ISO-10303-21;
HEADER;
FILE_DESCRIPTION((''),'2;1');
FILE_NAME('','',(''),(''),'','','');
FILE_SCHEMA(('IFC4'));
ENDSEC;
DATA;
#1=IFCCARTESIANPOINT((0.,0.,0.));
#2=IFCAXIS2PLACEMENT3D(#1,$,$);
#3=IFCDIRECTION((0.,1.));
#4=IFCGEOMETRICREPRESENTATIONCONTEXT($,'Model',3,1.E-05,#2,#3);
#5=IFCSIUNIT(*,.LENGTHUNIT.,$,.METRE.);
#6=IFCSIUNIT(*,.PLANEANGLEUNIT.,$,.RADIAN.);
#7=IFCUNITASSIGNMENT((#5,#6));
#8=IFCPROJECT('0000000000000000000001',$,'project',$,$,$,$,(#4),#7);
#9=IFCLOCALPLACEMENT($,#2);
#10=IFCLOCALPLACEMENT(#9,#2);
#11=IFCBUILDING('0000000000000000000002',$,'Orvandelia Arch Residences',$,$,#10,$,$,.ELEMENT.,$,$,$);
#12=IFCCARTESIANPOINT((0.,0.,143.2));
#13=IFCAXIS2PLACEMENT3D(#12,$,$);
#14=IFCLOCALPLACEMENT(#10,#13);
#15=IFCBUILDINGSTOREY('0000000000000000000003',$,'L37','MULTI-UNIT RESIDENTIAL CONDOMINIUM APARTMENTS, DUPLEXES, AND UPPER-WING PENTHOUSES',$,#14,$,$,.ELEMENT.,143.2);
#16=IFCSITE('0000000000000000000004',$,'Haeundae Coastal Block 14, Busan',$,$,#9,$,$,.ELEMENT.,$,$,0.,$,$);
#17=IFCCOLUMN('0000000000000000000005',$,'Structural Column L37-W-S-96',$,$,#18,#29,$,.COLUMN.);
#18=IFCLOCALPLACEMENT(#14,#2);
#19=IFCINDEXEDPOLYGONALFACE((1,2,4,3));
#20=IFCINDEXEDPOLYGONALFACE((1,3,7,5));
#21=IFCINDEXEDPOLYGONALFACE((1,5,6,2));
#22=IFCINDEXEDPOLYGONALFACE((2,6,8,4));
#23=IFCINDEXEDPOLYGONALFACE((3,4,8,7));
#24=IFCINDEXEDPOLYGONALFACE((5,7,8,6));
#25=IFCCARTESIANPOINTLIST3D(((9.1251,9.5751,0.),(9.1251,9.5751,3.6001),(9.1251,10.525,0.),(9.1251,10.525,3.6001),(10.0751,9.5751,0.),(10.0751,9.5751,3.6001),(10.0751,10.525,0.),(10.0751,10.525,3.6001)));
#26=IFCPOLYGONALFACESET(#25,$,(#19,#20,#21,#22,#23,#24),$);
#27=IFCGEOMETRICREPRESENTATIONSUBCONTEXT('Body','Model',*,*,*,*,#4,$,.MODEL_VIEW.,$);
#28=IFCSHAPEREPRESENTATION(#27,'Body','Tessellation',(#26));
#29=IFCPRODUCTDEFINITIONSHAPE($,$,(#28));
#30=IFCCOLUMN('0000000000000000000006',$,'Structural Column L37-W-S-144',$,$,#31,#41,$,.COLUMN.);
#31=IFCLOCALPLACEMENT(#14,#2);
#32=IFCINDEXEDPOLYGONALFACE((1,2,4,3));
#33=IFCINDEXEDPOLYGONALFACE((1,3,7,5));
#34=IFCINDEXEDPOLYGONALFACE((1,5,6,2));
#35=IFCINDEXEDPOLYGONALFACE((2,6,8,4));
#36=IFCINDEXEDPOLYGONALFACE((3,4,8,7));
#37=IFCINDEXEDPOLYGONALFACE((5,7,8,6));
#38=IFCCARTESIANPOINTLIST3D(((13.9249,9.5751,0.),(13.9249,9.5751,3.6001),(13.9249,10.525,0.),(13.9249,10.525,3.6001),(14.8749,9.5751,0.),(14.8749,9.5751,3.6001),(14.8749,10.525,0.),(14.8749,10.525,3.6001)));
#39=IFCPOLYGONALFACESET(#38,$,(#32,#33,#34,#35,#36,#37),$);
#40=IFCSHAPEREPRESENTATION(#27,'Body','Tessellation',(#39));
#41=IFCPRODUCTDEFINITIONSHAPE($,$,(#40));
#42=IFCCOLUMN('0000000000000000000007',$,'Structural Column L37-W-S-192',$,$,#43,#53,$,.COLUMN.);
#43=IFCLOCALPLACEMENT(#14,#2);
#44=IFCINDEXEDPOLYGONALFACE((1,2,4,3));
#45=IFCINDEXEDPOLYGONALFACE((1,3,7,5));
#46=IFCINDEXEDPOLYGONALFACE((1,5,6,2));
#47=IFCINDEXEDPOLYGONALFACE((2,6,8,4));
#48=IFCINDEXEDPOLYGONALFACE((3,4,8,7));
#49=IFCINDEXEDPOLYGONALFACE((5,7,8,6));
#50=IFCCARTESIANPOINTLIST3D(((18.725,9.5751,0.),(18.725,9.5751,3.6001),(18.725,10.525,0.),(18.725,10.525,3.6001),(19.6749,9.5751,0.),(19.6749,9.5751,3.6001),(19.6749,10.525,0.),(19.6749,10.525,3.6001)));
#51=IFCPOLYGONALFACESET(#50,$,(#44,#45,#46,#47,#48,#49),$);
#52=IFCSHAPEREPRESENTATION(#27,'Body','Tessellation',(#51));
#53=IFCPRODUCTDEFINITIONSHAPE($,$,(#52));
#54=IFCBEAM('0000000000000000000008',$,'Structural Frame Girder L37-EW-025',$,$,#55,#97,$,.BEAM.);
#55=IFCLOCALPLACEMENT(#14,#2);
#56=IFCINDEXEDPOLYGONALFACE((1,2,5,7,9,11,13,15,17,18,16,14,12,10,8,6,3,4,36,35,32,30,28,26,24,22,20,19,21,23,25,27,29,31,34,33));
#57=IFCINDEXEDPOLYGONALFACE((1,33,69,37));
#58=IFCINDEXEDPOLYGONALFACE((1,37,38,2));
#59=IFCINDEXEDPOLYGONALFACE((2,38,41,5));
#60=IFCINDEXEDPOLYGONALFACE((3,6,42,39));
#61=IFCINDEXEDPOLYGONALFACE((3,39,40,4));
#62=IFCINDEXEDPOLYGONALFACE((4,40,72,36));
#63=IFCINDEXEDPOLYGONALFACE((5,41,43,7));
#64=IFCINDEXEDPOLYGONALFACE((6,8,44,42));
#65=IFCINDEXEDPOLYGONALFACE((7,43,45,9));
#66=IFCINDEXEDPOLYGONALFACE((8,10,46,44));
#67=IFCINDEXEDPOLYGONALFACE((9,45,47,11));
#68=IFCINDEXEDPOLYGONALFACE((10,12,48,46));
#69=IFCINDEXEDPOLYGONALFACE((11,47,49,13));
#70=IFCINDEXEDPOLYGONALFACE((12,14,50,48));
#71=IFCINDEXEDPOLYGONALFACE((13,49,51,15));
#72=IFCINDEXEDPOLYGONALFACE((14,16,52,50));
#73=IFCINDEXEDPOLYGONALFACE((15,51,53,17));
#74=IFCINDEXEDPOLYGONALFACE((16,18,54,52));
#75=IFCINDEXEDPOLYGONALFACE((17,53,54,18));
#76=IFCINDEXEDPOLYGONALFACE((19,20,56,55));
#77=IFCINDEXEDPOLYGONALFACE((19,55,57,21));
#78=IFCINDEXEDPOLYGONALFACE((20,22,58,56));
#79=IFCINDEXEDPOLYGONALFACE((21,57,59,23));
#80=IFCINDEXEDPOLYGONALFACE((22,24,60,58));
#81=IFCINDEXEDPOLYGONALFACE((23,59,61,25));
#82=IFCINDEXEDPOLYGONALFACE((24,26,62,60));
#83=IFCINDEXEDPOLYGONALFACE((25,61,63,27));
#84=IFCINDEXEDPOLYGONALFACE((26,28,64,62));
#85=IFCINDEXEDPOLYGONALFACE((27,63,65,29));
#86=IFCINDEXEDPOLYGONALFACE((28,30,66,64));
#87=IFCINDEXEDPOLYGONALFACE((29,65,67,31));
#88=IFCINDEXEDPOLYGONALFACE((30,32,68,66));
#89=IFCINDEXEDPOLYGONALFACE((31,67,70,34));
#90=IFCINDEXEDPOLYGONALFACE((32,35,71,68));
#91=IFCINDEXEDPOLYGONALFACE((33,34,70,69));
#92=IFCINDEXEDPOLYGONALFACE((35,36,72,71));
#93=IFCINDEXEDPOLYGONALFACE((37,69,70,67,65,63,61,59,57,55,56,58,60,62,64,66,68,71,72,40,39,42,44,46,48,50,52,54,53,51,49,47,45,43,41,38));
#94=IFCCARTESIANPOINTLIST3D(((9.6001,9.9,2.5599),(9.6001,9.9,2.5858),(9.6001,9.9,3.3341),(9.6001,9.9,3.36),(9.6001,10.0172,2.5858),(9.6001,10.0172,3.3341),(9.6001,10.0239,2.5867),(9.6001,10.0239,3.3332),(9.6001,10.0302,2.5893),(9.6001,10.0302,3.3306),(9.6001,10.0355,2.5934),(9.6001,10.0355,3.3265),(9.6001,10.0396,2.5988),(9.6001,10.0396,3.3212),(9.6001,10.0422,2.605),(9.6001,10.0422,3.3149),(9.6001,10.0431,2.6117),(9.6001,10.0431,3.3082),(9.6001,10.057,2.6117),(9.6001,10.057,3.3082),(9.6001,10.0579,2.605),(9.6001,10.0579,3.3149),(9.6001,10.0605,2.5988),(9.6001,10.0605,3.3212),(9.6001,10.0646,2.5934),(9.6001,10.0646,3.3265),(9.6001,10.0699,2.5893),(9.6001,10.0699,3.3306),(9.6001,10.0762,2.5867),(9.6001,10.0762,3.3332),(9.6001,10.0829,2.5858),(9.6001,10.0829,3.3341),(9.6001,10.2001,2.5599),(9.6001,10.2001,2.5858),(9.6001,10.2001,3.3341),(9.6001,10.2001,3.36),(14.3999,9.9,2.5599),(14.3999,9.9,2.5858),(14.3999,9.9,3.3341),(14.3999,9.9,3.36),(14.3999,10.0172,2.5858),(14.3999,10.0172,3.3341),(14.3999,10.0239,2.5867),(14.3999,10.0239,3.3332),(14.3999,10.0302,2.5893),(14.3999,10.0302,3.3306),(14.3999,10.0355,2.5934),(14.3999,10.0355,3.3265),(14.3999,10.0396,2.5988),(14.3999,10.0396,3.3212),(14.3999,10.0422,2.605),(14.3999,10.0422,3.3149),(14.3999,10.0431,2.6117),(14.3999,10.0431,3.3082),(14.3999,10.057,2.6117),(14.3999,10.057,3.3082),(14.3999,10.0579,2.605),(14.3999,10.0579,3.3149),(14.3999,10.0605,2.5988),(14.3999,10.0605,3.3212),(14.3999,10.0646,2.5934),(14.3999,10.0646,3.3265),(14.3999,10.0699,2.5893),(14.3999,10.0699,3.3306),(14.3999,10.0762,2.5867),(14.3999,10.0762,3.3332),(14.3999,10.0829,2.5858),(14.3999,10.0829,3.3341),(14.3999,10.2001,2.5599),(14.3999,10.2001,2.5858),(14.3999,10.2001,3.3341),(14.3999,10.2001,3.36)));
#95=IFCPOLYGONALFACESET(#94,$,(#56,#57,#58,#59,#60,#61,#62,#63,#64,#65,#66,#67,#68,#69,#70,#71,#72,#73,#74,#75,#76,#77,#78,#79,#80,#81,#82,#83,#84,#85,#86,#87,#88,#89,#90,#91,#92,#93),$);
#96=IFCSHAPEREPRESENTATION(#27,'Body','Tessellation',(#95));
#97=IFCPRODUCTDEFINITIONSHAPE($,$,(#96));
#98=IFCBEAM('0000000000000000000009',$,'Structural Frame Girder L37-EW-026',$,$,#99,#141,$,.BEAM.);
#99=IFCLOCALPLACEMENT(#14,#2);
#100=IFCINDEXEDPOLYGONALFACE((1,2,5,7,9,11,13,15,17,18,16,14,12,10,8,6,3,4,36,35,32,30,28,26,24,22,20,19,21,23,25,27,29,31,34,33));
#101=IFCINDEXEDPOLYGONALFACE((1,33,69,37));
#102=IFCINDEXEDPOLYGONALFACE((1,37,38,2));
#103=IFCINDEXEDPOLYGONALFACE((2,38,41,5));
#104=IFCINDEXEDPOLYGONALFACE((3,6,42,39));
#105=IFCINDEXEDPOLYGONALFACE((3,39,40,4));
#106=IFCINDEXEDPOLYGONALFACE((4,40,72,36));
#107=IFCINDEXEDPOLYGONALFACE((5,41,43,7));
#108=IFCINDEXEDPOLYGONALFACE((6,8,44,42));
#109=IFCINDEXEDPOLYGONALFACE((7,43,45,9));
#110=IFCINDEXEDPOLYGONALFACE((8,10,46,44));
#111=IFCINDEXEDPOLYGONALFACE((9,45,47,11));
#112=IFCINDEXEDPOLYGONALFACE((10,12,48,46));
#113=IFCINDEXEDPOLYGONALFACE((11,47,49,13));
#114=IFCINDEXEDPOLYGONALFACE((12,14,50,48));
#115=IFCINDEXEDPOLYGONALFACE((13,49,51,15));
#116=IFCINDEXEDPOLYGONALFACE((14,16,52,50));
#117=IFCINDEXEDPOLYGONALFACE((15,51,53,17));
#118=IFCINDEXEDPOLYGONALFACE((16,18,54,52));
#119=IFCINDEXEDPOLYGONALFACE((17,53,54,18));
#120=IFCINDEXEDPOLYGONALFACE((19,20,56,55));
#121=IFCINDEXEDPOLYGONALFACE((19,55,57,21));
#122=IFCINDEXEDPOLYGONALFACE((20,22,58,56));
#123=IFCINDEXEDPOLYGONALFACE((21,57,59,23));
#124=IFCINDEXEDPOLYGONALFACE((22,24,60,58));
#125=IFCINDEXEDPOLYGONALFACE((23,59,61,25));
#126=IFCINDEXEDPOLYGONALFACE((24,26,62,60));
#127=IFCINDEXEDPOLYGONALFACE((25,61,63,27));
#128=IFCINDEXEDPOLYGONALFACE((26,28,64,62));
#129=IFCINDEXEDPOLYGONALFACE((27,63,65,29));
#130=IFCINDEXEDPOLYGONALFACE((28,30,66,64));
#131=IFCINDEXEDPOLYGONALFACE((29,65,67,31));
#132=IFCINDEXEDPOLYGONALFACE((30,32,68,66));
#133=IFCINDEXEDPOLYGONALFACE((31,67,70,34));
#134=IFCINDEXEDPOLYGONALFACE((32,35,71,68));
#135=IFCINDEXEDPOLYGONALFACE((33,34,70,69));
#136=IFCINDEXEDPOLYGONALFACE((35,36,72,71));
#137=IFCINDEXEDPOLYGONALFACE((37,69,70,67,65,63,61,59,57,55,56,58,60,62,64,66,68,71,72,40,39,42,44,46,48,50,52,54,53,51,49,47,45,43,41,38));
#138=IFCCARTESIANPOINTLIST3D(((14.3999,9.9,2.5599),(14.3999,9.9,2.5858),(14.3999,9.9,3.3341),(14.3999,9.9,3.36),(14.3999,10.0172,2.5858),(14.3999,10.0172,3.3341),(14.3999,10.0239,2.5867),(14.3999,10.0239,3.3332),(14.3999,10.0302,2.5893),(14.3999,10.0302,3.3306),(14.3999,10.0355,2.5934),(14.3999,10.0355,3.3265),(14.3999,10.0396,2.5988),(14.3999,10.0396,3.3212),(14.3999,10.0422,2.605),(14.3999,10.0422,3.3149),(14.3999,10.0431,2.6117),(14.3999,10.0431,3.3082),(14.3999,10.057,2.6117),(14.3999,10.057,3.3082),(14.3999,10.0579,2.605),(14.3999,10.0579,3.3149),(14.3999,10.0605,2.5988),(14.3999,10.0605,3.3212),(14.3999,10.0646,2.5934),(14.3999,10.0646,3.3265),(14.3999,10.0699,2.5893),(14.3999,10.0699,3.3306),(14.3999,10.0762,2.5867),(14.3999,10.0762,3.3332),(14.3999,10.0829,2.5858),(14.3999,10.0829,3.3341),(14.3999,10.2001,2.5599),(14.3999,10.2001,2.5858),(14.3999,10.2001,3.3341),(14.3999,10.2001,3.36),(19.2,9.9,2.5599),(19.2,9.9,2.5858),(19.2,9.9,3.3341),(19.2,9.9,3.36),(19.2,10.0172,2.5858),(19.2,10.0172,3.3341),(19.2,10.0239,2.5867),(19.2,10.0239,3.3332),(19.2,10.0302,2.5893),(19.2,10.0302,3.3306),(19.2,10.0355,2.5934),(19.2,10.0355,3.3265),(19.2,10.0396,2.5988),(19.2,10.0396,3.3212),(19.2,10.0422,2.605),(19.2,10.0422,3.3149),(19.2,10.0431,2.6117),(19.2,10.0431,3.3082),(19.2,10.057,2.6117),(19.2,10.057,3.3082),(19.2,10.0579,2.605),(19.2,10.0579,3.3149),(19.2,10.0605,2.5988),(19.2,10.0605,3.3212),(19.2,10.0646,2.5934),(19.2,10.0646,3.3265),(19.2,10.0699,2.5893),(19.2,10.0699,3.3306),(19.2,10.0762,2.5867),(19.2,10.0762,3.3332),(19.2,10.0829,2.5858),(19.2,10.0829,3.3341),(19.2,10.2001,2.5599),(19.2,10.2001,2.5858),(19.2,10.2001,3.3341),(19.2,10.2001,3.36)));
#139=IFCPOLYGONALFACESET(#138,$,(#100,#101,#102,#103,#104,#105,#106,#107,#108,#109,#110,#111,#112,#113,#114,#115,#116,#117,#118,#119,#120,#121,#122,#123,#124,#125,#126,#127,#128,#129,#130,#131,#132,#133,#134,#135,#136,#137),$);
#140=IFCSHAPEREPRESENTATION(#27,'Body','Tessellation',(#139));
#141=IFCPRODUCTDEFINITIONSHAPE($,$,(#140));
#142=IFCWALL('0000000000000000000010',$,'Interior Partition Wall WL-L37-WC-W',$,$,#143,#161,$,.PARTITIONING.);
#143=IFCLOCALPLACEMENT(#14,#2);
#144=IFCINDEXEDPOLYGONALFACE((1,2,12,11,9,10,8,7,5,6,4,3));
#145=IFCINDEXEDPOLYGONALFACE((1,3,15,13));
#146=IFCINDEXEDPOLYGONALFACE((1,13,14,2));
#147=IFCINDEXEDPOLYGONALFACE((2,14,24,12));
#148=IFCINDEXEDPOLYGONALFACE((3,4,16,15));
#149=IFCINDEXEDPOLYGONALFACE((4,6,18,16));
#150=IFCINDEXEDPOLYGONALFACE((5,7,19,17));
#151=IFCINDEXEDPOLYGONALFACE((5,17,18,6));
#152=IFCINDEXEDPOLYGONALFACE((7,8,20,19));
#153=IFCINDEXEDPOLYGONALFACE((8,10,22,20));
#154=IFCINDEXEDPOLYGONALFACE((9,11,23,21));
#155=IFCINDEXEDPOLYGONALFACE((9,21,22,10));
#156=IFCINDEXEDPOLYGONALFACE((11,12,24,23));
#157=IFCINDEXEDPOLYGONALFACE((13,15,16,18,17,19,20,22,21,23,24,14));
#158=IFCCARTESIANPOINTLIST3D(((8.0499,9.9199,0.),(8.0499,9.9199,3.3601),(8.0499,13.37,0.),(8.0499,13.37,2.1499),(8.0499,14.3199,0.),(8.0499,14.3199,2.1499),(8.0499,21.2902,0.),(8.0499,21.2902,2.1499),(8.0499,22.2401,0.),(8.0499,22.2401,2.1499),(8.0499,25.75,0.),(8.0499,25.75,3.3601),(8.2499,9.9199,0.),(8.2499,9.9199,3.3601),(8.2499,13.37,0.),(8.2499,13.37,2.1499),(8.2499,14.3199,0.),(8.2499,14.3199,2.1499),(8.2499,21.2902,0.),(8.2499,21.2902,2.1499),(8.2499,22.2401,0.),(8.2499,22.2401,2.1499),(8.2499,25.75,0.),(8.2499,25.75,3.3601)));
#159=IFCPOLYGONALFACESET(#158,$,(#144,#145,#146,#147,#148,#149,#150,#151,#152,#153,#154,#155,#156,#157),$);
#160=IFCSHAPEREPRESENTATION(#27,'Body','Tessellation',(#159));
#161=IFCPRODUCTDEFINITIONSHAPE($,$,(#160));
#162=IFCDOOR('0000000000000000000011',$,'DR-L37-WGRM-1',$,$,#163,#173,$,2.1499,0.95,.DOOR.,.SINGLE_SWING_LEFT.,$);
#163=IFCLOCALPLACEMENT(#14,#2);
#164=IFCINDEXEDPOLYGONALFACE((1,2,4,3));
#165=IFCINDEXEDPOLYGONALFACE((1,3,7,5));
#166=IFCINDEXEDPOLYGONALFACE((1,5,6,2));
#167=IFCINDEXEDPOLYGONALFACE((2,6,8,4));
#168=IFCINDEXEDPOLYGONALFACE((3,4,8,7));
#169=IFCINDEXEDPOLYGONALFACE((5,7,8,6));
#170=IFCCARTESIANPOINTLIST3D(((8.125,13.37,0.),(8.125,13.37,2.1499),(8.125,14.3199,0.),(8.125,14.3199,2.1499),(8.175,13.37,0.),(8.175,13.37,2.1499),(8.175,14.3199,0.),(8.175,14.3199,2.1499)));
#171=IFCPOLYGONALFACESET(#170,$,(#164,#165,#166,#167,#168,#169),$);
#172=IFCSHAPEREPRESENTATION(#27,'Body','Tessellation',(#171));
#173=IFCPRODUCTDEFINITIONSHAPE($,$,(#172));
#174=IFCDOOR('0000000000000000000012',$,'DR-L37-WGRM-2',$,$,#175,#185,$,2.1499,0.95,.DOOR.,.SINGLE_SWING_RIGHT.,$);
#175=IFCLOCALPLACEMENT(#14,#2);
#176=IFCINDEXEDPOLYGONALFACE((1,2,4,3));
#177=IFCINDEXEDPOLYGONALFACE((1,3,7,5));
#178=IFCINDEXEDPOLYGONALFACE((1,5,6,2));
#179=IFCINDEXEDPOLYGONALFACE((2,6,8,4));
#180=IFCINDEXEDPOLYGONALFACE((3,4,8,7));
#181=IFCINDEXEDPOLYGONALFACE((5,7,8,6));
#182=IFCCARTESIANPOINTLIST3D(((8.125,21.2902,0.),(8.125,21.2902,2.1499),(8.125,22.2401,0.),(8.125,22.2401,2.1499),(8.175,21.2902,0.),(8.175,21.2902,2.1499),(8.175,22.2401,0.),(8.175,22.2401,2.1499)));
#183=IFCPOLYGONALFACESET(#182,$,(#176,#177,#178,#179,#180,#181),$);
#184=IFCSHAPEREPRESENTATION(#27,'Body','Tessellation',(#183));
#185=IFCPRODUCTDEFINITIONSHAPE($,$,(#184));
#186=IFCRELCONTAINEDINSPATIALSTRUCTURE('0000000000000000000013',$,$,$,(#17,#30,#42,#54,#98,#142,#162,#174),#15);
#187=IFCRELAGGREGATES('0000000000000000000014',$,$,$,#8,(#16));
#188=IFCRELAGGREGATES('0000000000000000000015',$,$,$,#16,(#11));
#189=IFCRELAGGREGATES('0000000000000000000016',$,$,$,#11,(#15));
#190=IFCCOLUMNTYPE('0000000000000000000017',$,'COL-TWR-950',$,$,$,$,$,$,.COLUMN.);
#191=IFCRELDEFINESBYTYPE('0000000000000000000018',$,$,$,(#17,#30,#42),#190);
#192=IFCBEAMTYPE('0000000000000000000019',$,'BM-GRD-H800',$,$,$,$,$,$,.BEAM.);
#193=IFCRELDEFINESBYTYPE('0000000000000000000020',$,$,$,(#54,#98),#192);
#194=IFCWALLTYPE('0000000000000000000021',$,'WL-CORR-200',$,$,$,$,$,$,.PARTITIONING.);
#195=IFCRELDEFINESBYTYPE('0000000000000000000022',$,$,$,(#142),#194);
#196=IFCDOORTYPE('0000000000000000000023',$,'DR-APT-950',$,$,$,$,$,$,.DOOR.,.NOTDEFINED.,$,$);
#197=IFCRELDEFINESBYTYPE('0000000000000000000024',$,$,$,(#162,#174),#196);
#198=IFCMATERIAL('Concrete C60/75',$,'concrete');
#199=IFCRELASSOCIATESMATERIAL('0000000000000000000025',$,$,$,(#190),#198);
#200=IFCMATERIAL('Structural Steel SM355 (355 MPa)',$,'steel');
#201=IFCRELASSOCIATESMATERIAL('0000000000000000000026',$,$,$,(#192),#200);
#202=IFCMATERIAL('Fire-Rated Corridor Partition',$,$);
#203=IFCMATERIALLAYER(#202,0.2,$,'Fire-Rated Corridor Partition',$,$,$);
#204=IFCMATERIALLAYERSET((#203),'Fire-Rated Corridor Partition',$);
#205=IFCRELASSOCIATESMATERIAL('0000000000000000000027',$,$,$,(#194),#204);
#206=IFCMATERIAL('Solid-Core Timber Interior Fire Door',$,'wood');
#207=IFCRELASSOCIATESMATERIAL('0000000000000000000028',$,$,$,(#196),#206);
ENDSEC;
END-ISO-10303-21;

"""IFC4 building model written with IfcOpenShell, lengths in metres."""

from ifc_helpers import new_model, si_unit, direction, frame, frame_2d, origin, origin_2d, place, context, subcontext, project, spatial, rectangle, i_section, extrude, material, layer, layer_set, material_profile, profile_set, type_object, element, fill, save


model = new_model("IFC4")

# Units and contexts
model_context = context("Model", 3, precision=1e-05, world=origin(), true_north=direction((0.0, 1.0)))
body_context = subcontext(model_context, "Body", "Model", "MODEL_VIEW")
ifc_project = project(units=[si_unit("LENGTHUNIT", "METRE"), si_unit("PLANEANGLEUNIT", "RADIAN")], contexts=[model_context])

# Site, building, storey
site_placement = place(None, origin())
site = spatial("IfcSite", under=ifc_project, at=site_placement, Name="Haeundae Coastal Block 14, Busan", CompositionType="ELEMENT", RefElevation=0.0)
building_placement = place(site_placement, origin())
building = spatial("IfcBuilding", under=site, at=building_placement, Name="Orvandelia Arch Residences", CompositionType="ELEMENT")
storey_placement = place(building_placement, frame((0.0, 0.0, 143.2)))
storey = spatial("IfcBuildingStorey", under=building, at=storey_placement, Name="L37", Description="MULTI-UNIT RESIDENTIAL CONDOMINIUM APARTMENTS, DUPLEXES, AND UPPER-WING PENTHOUSES", CompositionType="ELEMENT", Elevation=143.2)

# Columns
ifc_material_1 = material(Name="Concrete C60/75", Category="concrete")
ifc_material_profile_1 = material_profile(ifc_material_1, rectangle(XDim=0.95, YDim=0.95, at=origin_2d()), Name="Concrete C60/75", Category="concrete")
ifc_profile_set_1 = profile_set([ifc_material_profile_1], Name="Concrete C60/75")
column_type = type_object("IfcColumnType", Name="COL-TWR-950", PredefinedType="COLUMN", material=ifc_profile_set_1)
for number, where, z_axis, x_axis, name in (
    (1, (9.6001, 10.05, 0.0), (0.0, 0.0, 1.0), (1.0, 0.0, 0.0), "Structural Column L37-W-S-96"),
    (2, (14.3999, 10.05, 0.0), (0.0, 0.0, 1.0), (1.0, 0.0, 0.0), "Structural Column L37-W-S-144"),
    (3, (19.2, 10.05, 0.0), (0.0, 0.0, 1.0), (1.0, 0.0, 0.0), "Structural Column L37-W-S-192"),
):
    element("IfcColumn", number, at=place(storey_placement, frame(where, z_axis=z_axis, x_axis=x_axis)), inside=storey, type_object=column_type, Name=name, PredefinedType="COLUMN", context=body_context, shape_type="SweptSolid", body=[
        extrude(rectangle(XDim=0.95, YDim=0.95, at=origin_2d()), origin(), (0.0, 0.0, 1.0), 3.6001),
    ])

# Beams
ifc_material_2 = material(Name="Structural Steel SM355 (355 MPa)", Category="steel")
ifc_material_profile_2 = material_profile(ifc_material_2, i_section(OverallWidth=0.3, OverallDepth=0.8, WebThickness=0.0139, FlangeThickness=0.0259, FilletRadius=0.0259, at=origin_2d()), Name="Structural Steel SM355 (355 MPa)", Category="steel")
ifc_profile_set_2 = profile_set([ifc_material_profile_2], Name="Structural Steel SM355 (355 MPa)")
beam_type = type_object("IfcBeamType", Name="BM-GRD-H800", PredefinedType="BEAM", material=ifc_profile_set_2)
beam_1_placement = place(storey_placement, frame((9.6001, 10.05, 2.96), z_axis=(1.0, 0.0, 0.0), x_axis=(0.0, 1.0, 0.0)))
element("IfcBeam", 4, at=beam_1_placement, inside=storey, type_object=beam_type, Name="Structural Frame Girder L37-EW-025", PredefinedType="BEAM", context=body_context, shape_type="SweptSolid", body=[
    extrude(i_section(OverallWidth=0.3, OverallDepth=0.8, WebThickness=0.0139, FlangeThickness=0.0259, FilletRadius=0.0259, at=origin_2d()), origin(), (0.0, 0.0, 1.0), 4.7998),
])
beam_2_placement = place(storey_placement, frame((14.3999, 10.05, 2.96), z_axis=(1.0, 0.0, 0.0), x_axis=(0.0, 1.0, 0.0)))
element("IfcBeam", 5, at=beam_2_placement, inside=storey, type_object=beam_type, Name="Structural Frame Girder L37-EW-026", PredefinedType="BEAM", context=body_context, shape_type="SweptSolid", body=[
    extrude(i_section(OverallWidth=0.3, OverallDepth=0.8, WebThickness=0.0139, FlangeThickness=0.0259, FilletRadius=0.0259, at=origin_2d()), origin(), (0.0, 0.0, 1.0), 4.8),
])

# Wall, openings, doors
ifc_material_3 = material(Name="Fire-Rated Corridor Partition")
ifc_layer_1 = layer(ifc_material_3, 0.2, Name="Fire-Rated Corridor Partition")
ifc_layer_set_1 = layer_set([ifc_layer_1], Name="Fire-Rated Corridor Partition")
wall_type_1 = type_object("IfcWallType", Name="WL-CORR-200", PredefinedType="PARTITIONING", material=ifc_layer_set_1)
wall_1_placement = place(storey_placement, frame((8.1499, 9.9199, 0.0), z_axis=(0.0, 0.0, 1.0), x_axis=(0.0, 1.0, 0.0)))
wall_1 = element("IfcWall", 6, at=wall_1_placement, inside=storey, type_object=wall_type_1, Name="Interior Partition Wall WL-L37-WC-W", PredefinedType="PARTITIONING", context=body_context, shape_type="SweptSolid", body=[
    extrude(rectangle(XDim=15.8301, YDim=0.2, at=frame_2d((7.915, 0.0))), origin(), (0.0, 0.0, 1.0), 3.3601),
])
opening_1_placement = place(wall_1_placement, frame((3.45, 0.0, 0.0)))
opening_1 = element("IfcOpeningElement", 7, at=opening_1_placement, cuts=wall_1, PredefinedType="OPENING", context=body_context, shape_type="SweptSolid", body=[
    extrude(rectangle(XDim=0.95, YDim=2.1499, at=frame_2d((0.4751, 1.075))), frame((0.0, 0.1099, 0.0), z_axis=(0.0, -1.0, 0.0), x_axis=(1.0, 0.0, 0.0)), (0.0, 0.0, 1.0), 0.22),
])
opening_2_placement = place(wall_1_placement, frame((11.3701, 0.0, 0.0)))
opening_2 = element("IfcOpeningElement", 8, at=opening_2_placement, cuts=wall_1, PredefinedType="OPENING", context=body_context, shape_type="SweptSolid", body=[
    extrude(rectangle(XDim=0.95, YDim=2.1499, at=frame_2d((0.4751, 1.075))), frame((0.0, 0.1099, 0.0), z_axis=(0.0, -1.0, 0.0), x_axis=(1.0, 0.0, 0.0)), (0.0, 0.0, 1.0), 0.22),
])
ifc_material_4 = material(Name="Solid-Core Timber Interior Fire Door", Category="wood")
door_type_1 = type_object("IfcDoorType", Name="DR-APT-950", OperationType="NOTDEFINED", PredefinedType="DOOR", material=ifc_material_4)
door_1_placement = place(opening_1_placement, origin())
door_1 = element("IfcDoor", 9, at=door_1_placement, inside=storey, type_object=door_type_1, Name="DR-L37-WGRM-1", OperationType="SINGLE_SWING_LEFT", OverallHeight=2.1499, OverallWidth=0.95, PredefinedType="DOOR", context=body_context, shape_type="SweptSolid", body=[
    extrude(rectangle(XDim=0.95, YDim=2.1499, at=frame_2d((0.4751, 1.075))), frame((0.0, 0.0249, 0.0), z_axis=(0.0, -1.0, 0.0), x_axis=(1.0, 0.0, 0.0)), (0.0, 0.0, 1.0), 0.05),
])
fill(opening_1, door_1)
door_2_placement = place(opening_2_placement, origin())
door_2 = element("IfcDoor", 10, at=door_2_placement, inside=storey, type_object=door_type_1, Name="DR-L37-WGRM-2", OperationType="SINGLE_SWING_RIGHT", OverallHeight=2.1499, OverallWidth=0.95, PredefinedType="DOOR", context=body_context, shape_type="SweptSolid", body=[
    extrude(rectangle(XDim=0.95, YDim=2.1499, at=frame_2d((0.4751, 1.075))), frame((0.0, 0.0249, 0.0), z_axis=(0.0, -1.0, 0.0), x_axis=(1.0, 0.0, 0.0)), (0.0, 0.0, 1.0), 0.05),
])
fill(opening_2, door_2)

save(model, "model.ifc")
